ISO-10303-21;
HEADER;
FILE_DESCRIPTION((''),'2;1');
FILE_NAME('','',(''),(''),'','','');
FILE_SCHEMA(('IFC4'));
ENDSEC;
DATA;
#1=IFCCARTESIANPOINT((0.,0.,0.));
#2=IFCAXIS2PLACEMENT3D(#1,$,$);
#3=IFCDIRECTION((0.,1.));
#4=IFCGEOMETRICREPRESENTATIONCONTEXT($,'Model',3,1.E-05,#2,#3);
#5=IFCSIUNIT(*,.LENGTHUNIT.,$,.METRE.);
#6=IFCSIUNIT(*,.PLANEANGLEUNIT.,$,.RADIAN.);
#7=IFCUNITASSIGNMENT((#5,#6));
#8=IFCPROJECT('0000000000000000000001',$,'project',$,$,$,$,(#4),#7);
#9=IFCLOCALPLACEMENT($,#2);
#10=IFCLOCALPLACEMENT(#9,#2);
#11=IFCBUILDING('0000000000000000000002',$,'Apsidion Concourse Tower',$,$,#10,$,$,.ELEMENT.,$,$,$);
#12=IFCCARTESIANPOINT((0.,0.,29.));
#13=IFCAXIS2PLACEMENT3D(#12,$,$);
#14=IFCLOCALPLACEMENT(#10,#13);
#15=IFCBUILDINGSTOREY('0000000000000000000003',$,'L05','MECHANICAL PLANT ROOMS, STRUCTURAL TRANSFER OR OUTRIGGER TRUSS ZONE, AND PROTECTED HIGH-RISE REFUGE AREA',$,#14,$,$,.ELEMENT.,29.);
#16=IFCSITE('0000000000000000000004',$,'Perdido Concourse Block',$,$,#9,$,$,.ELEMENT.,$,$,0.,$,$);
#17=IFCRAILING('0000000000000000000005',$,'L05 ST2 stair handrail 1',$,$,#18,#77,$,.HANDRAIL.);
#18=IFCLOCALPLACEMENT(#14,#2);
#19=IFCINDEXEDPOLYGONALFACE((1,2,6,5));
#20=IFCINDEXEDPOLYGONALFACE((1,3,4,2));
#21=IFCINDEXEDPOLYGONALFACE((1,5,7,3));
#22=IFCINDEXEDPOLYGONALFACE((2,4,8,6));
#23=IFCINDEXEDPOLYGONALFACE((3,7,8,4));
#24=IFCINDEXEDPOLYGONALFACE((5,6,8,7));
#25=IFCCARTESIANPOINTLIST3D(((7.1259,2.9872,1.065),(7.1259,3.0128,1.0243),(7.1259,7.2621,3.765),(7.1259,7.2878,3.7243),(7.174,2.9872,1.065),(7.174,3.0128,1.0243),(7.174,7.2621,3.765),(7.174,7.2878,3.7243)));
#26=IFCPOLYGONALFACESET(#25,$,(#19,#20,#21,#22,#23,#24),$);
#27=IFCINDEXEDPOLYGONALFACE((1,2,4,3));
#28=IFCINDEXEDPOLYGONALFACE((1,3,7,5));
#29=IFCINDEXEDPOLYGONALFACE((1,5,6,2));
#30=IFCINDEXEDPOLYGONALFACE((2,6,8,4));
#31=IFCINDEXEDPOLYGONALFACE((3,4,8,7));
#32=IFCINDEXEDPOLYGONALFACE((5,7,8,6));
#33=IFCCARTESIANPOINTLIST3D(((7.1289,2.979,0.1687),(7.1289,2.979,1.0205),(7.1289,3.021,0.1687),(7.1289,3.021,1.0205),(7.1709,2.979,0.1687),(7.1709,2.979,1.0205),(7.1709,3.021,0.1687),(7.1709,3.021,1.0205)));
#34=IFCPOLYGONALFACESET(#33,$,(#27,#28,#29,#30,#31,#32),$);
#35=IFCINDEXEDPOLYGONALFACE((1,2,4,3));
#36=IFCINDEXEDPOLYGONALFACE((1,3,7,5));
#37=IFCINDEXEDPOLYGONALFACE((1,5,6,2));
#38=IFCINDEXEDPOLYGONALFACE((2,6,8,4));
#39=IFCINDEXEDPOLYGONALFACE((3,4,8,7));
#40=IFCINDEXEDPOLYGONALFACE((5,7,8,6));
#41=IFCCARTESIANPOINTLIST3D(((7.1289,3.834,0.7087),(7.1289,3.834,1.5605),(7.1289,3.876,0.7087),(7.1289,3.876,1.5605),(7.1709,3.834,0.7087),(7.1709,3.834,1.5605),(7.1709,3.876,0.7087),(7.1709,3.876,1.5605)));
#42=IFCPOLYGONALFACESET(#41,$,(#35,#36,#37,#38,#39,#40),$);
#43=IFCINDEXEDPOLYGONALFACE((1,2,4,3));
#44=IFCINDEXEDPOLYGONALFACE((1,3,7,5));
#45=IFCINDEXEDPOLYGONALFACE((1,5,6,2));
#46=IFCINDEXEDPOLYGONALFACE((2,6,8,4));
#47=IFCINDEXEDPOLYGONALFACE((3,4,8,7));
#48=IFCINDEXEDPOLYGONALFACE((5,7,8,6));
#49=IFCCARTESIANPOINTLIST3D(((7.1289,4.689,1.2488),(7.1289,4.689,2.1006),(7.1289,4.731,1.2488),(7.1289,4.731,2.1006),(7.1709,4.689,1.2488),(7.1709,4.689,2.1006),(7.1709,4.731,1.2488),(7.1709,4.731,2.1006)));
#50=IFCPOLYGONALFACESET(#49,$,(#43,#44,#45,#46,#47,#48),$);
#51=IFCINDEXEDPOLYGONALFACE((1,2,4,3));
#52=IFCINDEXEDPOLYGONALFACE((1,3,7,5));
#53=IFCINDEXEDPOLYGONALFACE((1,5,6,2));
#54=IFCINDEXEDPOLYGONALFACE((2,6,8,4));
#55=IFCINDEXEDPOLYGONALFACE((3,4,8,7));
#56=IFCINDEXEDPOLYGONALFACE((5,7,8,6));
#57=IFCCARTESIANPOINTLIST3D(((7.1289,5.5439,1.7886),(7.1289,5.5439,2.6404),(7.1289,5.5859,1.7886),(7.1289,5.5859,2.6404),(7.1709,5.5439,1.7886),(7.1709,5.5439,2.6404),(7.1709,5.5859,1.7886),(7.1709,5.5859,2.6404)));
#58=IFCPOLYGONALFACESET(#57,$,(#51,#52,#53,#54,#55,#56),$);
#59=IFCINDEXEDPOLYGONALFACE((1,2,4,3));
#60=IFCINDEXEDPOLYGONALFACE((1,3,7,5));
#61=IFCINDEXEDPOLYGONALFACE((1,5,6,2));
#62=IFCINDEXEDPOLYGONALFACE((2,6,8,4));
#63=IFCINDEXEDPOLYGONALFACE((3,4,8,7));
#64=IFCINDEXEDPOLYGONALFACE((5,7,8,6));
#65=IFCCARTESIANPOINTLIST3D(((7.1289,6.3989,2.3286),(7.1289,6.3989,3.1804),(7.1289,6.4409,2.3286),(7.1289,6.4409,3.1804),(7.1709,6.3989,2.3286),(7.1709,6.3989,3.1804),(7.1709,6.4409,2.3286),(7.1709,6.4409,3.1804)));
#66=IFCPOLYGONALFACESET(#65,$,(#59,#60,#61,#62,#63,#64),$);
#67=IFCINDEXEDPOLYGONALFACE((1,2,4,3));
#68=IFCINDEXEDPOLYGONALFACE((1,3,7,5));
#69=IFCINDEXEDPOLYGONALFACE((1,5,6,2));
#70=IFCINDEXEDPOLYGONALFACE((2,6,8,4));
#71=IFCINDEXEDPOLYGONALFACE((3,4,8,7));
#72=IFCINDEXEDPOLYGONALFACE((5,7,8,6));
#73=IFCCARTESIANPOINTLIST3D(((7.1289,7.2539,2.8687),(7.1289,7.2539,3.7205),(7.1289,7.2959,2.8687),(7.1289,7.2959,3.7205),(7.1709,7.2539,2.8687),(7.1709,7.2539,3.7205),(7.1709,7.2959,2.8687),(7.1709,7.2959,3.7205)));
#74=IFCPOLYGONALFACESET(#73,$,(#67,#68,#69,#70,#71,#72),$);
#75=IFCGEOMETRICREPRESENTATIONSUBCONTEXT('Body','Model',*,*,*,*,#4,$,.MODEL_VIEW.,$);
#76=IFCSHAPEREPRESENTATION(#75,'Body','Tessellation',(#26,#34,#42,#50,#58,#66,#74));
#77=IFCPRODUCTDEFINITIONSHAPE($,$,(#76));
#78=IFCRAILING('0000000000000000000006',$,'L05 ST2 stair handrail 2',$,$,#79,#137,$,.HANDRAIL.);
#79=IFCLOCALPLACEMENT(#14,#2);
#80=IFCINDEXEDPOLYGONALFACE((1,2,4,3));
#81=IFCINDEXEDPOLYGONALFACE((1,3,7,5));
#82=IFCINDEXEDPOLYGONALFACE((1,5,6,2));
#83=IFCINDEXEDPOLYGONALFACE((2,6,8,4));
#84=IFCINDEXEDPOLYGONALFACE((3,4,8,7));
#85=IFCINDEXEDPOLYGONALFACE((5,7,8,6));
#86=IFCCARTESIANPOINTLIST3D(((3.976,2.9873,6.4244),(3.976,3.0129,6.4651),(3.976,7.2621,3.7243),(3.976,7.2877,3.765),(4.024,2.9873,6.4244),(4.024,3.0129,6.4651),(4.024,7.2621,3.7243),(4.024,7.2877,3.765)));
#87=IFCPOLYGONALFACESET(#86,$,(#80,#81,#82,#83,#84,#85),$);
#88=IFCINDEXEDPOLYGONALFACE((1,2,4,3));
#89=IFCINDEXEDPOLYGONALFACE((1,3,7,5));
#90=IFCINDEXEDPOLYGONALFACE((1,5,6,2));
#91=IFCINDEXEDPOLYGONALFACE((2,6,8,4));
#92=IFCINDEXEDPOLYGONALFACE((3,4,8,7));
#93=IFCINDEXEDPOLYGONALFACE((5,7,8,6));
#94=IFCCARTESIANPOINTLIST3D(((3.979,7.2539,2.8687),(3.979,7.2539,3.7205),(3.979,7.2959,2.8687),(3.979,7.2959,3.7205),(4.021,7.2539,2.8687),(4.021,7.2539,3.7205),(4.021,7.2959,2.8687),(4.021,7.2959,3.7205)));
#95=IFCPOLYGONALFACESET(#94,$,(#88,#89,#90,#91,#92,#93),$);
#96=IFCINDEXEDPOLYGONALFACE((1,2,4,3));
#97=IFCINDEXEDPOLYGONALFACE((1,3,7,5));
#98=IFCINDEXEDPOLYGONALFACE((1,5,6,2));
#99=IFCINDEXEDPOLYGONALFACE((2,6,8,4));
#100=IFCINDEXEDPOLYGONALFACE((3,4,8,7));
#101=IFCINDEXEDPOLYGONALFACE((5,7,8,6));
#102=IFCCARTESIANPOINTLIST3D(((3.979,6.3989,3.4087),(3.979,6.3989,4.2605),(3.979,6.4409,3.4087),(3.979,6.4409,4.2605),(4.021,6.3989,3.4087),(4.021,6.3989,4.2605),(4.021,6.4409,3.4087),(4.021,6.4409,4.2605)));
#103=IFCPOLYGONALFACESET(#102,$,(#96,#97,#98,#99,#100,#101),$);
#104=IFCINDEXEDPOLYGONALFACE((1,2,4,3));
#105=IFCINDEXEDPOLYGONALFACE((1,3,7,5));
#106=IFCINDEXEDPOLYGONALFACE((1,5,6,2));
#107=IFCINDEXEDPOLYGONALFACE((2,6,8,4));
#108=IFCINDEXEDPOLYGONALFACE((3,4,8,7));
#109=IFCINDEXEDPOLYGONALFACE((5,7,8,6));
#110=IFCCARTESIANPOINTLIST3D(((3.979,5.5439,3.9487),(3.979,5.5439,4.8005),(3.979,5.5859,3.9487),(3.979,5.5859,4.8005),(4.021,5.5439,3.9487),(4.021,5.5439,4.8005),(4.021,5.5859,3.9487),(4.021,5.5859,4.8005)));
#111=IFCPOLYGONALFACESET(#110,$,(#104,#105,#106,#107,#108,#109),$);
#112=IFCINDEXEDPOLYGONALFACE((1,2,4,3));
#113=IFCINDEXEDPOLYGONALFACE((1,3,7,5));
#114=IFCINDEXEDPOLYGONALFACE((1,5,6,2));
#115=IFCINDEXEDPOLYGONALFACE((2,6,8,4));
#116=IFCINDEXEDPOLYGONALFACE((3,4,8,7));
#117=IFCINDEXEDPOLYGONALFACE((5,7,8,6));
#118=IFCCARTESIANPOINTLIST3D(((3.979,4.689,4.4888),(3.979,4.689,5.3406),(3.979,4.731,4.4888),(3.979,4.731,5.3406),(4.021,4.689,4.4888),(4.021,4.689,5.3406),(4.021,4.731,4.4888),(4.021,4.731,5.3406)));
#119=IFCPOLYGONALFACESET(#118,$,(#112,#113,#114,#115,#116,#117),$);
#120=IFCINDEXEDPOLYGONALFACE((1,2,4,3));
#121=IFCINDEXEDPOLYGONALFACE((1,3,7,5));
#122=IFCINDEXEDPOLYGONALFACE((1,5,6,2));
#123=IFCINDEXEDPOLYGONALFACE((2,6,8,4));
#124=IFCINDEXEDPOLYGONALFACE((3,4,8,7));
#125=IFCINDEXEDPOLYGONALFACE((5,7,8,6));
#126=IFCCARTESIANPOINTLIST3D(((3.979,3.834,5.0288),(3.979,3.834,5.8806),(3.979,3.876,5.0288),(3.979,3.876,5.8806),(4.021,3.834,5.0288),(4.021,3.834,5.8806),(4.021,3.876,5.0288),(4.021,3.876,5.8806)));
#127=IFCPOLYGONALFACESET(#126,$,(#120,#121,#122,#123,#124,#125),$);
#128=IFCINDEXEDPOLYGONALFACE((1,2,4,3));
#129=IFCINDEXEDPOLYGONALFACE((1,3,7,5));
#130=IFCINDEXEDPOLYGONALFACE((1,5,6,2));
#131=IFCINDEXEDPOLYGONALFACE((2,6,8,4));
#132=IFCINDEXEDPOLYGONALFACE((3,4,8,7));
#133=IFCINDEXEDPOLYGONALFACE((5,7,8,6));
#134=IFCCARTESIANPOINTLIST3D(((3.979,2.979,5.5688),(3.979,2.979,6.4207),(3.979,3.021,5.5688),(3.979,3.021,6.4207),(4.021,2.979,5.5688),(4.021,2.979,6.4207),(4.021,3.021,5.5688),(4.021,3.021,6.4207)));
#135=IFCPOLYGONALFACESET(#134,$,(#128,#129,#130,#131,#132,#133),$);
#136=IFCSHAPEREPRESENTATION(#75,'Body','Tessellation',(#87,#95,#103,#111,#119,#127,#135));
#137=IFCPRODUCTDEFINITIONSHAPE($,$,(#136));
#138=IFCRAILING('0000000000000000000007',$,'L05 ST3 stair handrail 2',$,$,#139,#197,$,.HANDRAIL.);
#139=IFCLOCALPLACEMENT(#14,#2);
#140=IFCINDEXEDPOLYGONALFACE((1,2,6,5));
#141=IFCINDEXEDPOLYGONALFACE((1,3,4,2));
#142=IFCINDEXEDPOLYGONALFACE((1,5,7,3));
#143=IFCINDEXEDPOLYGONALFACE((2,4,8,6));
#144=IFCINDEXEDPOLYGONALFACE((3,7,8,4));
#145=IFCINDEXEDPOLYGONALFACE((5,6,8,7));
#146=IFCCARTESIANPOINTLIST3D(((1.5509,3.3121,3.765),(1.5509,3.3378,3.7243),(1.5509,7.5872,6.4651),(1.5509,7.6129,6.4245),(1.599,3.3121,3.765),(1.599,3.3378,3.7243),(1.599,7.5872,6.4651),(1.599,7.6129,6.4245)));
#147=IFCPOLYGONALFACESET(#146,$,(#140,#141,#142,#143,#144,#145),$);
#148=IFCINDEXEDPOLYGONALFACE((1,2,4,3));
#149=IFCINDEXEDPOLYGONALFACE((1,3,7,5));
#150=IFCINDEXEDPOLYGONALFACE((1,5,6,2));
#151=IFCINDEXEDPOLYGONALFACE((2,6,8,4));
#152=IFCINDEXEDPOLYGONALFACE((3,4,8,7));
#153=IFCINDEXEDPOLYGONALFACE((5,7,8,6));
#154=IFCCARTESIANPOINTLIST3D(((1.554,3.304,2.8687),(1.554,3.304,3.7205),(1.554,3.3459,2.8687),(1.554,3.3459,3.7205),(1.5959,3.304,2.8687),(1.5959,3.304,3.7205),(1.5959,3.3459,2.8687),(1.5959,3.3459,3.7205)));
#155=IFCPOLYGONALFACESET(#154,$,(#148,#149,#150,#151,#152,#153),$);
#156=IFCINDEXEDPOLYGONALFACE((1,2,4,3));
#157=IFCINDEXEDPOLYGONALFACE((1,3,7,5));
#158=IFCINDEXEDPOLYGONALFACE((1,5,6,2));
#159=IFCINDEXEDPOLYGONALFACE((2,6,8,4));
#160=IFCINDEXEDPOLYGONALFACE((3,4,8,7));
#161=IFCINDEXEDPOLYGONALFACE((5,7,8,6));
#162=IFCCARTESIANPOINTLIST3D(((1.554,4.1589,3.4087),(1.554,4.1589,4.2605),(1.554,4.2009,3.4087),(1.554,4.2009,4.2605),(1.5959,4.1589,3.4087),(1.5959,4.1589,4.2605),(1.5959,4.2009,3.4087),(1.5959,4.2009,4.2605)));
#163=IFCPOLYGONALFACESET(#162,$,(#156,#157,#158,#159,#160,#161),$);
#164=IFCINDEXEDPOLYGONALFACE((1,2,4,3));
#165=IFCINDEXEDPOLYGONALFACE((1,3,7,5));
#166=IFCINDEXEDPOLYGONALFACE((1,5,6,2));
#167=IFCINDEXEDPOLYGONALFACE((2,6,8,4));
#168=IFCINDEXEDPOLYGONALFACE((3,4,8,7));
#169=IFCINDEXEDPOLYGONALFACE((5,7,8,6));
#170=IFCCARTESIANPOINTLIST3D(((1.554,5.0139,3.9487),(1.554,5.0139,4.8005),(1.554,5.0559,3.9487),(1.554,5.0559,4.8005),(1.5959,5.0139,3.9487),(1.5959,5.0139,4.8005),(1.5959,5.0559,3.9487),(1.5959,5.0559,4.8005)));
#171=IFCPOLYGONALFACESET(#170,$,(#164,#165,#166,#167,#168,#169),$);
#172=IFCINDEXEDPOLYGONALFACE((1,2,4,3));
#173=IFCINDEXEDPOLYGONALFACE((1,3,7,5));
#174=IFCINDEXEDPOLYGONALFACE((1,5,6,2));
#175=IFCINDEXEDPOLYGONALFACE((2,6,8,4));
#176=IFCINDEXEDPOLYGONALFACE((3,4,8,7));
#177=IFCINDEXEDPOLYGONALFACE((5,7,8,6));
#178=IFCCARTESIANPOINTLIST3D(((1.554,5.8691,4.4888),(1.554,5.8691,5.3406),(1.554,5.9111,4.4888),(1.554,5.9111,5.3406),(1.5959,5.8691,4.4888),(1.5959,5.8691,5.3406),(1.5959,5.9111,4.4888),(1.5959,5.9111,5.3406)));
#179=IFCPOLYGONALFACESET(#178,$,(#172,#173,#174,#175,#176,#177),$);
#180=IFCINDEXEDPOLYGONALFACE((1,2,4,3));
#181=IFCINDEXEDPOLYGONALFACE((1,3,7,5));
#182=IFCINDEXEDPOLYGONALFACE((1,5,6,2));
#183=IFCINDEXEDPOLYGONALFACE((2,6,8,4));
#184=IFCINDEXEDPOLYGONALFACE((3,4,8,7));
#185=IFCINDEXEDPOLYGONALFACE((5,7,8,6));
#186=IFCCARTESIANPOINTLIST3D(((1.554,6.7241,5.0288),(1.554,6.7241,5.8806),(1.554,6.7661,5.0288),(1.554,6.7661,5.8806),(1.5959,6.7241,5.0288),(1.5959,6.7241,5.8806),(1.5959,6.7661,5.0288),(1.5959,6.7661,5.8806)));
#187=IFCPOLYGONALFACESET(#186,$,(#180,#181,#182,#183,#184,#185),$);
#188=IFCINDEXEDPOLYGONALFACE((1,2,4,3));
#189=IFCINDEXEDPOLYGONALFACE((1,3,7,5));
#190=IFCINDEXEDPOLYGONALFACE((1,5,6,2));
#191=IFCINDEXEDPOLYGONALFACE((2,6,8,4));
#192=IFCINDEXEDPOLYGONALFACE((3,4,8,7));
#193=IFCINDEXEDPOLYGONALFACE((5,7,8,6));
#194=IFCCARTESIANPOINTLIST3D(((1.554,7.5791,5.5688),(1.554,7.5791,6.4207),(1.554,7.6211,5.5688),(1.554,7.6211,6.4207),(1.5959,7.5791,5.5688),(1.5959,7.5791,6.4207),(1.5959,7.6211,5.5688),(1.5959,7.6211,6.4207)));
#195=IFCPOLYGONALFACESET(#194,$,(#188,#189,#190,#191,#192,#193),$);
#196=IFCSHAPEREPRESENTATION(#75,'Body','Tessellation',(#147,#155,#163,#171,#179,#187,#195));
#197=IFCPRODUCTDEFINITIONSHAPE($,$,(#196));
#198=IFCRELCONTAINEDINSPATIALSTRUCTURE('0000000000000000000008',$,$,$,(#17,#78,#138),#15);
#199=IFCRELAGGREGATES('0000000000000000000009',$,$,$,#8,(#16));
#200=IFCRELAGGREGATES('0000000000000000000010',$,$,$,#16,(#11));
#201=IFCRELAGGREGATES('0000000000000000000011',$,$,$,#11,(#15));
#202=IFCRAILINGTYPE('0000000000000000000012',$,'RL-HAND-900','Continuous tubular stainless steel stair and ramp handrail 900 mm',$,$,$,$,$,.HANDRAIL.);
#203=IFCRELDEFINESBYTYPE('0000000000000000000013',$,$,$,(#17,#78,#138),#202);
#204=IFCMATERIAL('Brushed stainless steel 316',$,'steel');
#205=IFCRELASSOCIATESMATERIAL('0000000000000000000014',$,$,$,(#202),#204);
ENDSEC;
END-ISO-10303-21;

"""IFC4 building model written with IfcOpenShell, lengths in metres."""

from ifc_helpers import new_model, si_unit, direction, frame, origin, origin_2d, place, context, subcontext, project, spatial, rectangle, extrude, material, type_object, element, save


model = new_model("IFC4")

# Units and contexts
model_context = context("Model", 3, precision=1e-05, world=origin(), true_north=direction((0.0, 1.0)))
body_context = subcontext(model_context, "Body", "Model", "MODEL_VIEW")
ifc_project = project(units=[si_unit("LENGTHUNIT", "METRE"), si_unit("PLANEANGLEUNIT", "RADIAN")], contexts=[model_context])

# Site, building, storey
site_placement = place(None, origin())
site = spatial("IfcSite", under=ifc_project, at=site_placement, Name="Perdido Concourse Block", CompositionType="ELEMENT", RefElevation=0.0)
building_placement = place(site_placement, origin())
building = spatial("IfcBuilding", under=site, at=building_placement, Name="Apsidion Concourse Tower", CompositionType="ELEMENT")
storey_placement = place(building_placement, frame((0.0, 0.0, 29.0)))
storey = spatial("IfcBuildingStorey", under=building, at=storey_placement, Name="L05", Description="MECHANICAL PLANT ROOMS, STRUCTURAL TRANSFER OR OUTRIGGER TRUSS ZONE, AND PROTECTED HIGH-RISE REFUGE AREA", CompositionType="ELEMENT", Elevation=29.0)

# Railings
ifc_material_1 = material(Name="Brushed stainless steel 316", Category="steel")
railing_type_1 = type_object("IfcRailingType", Name="RL-HAND-900", Description="Continuous tubular stainless steel stair and ramp handrail 900 mm", PredefinedType="HANDRAIL", material=ifc_material_1)
railing_1_placement = place(storey_placement, frame((7.1499, 3.0, 0.1687)))
element("IfcRailing", 1, at=railing_1_placement, inside=storey, type_object=railing_type_1, Name="L05 ST2 stair handrail 1", PredefinedType="HANDRAIL", context=body_context, shape_type="SweptSolid", body=[
    extrude(rectangle(XDim=0.0481, YDim=0.0481, at=origin_2d()), frame((0.0, 0.0, 0.876), z_axis=(0.0, 0.845488, 0.533995), x_axis=(-1.0, 0.0, 0.0)), (0.0, 0.0, 1.0), 5.0562),
    extrude(rectangle(XDim=0.042, YDim=0.042, at=origin_2d()), origin(), (0.0, 0.0, 1.0), 0.8518),
    extrude(rectangle(XDim=0.042, YDim=0.042, at=origin_2d()), frame((0.0, 0.855, 0.54)), (0.0, 0.0, 1.0), 0.8518),
    extrude(rectangle(XDim=0.042, YDim=0.042, at=origin_2d()), frame((0.0, 1.71, 1.0801)), (0.0, 0.0, 1.0), 0.8518),
    extrude(rectangle(XDim=0.042, YDim=0.042, at=origin_2d()), frame((0.0, 2.5649, 1.6199)), (0.0, 0.0, 1.0), 0.8518),
    extrude(rectangle(XDim=0.042, YDim=0.042, at=origin_2d()), frame((0.0, 3.4199, 2.1599)), (0.0, 0.0, 1.0), 0.8518),
    extrude(rectangle(XDim=0.042, YDim=0.042, at=origin_2d()), frame((0.0, 4.2749, 2.7)), (0.0, 0.0, 1.0), 0.8518),
])
railing_2_placement = place(storey_placement, frame((4.0, 7.2749, 2.8687)))
element("IfcRailing", 2, at=railing_2_placement, inside=storey, type_object=railing_type_1, Name="L05 ST2 stair handrail 2", PredefinedType="HANDRAIL", context=body_context, shape_type="SweptSolid", body=[
    extrude(rectangle(XDim=0.0481, YDim=0.0481, at=origin_2d()), frame((0.0, 0.0, 0.876), z_axis=(0.0, -0.845466, 0.534029), x_axis=(1.0, 0.0, 0.0)), (0.0, 0.0, 1.0), 5.0562),
    extrude(rectangle(XDim=0.042, YDim=0.042, at=origin_2d()), origin(), (0.0, 0.0, 1.0), 0.8518),
    extrude(rectangle(XDim=0.042, YDim=0.042, at=origin_2d()), frame((0.0, -0.855, 0.54)), (0.0, 0.0, 1.0), 0.8518),
    extrude(rectangle(XDim=0.042, YDim=0.042, at=origin_2d()), frame((0.0, -1.71, 1.0801)), (0.0, 0.0, 1.0), 0.8518),
    extrude(rectangle(XDim=0.042, YDim=0.042, at=origin_2d()), frame((0.0, -2.5649, 1.6201)), (0.0, 0.0, 1.0), 0.8518),
    extrude(rectangle(XDim=0.042, YDim=0.042, at=origin_2d()), frame((0.0, -3.4199, 2.1602)), (0.0, 0.0, 1.0), 0.8518),
    extrude(rectangle(XDim=0.042, YDim=0.042, at=origin_2d()), frame((0.0, -4.2749, 2.7002)), (0.0, 0.0, 1.0), 0.8518),
])
railing_3_placement = place(storey_placement, frame((1.575, 3.325, 2.8687)))
element("IfcRailing", 3, at=railing_3_placement, inside=storey, type_object=railing_type_1, Name="L05 ST3 stair handrail 2", PredefinedType="HANDRAIL", context=body_context, shape_type="SweptSolid", body=[
    extrude(rectangle(XDim=0.0481, YDim=0.0481, at=origin_2d()), frame((0.0, 0.0, 0.876), z_axis=(0.0, 0.84548, 0.534008), x_axis=(-1.0, 0.0, 0.0)), (0.0, 0.0, 1.0), 5.0564),
    extrude(rectangle(XDim=0.042, YDim=0.042, at=origin_2d()), origin(), (0.0, 0.0, 1.0), 0.8518),
    extrude(rectangle(XDim=0.042, YDim=0.042, at=origin_2d()), frame((0.0, 0.855, 0.54)), (0.0, 0.0, 1.0), 0.8518),
    extrude(rectangle(XDim=0.042, YDim=0.042, at=origin_2d()), frame((0.0, 1.71, 1.0801)), (0.0, 0.0, 1.0), 0.8518),
    extrude(rectangle(XDim=0.042, YDim=0.042, at=origin_2d()), frame((0.0, 2.5652, 1.6201)), (0.0, 0.0, 1.0), 0.8518),
    extrude(rectangle(XDim=0.042, YDim=0.042, at=origin_2d()), frame((0.0, 3.4202, 2.1602)), (0.0, 0.0, 1.0), 0.8518),
    extrude(rectangle(XDim=0.042, YDim=0.042, at=origin_2d()), frame((0.0, 4.2751, 2.7002)), (0.0, 0.0, 1.0), 0.8518),
])

save(model, "model.ifc")
